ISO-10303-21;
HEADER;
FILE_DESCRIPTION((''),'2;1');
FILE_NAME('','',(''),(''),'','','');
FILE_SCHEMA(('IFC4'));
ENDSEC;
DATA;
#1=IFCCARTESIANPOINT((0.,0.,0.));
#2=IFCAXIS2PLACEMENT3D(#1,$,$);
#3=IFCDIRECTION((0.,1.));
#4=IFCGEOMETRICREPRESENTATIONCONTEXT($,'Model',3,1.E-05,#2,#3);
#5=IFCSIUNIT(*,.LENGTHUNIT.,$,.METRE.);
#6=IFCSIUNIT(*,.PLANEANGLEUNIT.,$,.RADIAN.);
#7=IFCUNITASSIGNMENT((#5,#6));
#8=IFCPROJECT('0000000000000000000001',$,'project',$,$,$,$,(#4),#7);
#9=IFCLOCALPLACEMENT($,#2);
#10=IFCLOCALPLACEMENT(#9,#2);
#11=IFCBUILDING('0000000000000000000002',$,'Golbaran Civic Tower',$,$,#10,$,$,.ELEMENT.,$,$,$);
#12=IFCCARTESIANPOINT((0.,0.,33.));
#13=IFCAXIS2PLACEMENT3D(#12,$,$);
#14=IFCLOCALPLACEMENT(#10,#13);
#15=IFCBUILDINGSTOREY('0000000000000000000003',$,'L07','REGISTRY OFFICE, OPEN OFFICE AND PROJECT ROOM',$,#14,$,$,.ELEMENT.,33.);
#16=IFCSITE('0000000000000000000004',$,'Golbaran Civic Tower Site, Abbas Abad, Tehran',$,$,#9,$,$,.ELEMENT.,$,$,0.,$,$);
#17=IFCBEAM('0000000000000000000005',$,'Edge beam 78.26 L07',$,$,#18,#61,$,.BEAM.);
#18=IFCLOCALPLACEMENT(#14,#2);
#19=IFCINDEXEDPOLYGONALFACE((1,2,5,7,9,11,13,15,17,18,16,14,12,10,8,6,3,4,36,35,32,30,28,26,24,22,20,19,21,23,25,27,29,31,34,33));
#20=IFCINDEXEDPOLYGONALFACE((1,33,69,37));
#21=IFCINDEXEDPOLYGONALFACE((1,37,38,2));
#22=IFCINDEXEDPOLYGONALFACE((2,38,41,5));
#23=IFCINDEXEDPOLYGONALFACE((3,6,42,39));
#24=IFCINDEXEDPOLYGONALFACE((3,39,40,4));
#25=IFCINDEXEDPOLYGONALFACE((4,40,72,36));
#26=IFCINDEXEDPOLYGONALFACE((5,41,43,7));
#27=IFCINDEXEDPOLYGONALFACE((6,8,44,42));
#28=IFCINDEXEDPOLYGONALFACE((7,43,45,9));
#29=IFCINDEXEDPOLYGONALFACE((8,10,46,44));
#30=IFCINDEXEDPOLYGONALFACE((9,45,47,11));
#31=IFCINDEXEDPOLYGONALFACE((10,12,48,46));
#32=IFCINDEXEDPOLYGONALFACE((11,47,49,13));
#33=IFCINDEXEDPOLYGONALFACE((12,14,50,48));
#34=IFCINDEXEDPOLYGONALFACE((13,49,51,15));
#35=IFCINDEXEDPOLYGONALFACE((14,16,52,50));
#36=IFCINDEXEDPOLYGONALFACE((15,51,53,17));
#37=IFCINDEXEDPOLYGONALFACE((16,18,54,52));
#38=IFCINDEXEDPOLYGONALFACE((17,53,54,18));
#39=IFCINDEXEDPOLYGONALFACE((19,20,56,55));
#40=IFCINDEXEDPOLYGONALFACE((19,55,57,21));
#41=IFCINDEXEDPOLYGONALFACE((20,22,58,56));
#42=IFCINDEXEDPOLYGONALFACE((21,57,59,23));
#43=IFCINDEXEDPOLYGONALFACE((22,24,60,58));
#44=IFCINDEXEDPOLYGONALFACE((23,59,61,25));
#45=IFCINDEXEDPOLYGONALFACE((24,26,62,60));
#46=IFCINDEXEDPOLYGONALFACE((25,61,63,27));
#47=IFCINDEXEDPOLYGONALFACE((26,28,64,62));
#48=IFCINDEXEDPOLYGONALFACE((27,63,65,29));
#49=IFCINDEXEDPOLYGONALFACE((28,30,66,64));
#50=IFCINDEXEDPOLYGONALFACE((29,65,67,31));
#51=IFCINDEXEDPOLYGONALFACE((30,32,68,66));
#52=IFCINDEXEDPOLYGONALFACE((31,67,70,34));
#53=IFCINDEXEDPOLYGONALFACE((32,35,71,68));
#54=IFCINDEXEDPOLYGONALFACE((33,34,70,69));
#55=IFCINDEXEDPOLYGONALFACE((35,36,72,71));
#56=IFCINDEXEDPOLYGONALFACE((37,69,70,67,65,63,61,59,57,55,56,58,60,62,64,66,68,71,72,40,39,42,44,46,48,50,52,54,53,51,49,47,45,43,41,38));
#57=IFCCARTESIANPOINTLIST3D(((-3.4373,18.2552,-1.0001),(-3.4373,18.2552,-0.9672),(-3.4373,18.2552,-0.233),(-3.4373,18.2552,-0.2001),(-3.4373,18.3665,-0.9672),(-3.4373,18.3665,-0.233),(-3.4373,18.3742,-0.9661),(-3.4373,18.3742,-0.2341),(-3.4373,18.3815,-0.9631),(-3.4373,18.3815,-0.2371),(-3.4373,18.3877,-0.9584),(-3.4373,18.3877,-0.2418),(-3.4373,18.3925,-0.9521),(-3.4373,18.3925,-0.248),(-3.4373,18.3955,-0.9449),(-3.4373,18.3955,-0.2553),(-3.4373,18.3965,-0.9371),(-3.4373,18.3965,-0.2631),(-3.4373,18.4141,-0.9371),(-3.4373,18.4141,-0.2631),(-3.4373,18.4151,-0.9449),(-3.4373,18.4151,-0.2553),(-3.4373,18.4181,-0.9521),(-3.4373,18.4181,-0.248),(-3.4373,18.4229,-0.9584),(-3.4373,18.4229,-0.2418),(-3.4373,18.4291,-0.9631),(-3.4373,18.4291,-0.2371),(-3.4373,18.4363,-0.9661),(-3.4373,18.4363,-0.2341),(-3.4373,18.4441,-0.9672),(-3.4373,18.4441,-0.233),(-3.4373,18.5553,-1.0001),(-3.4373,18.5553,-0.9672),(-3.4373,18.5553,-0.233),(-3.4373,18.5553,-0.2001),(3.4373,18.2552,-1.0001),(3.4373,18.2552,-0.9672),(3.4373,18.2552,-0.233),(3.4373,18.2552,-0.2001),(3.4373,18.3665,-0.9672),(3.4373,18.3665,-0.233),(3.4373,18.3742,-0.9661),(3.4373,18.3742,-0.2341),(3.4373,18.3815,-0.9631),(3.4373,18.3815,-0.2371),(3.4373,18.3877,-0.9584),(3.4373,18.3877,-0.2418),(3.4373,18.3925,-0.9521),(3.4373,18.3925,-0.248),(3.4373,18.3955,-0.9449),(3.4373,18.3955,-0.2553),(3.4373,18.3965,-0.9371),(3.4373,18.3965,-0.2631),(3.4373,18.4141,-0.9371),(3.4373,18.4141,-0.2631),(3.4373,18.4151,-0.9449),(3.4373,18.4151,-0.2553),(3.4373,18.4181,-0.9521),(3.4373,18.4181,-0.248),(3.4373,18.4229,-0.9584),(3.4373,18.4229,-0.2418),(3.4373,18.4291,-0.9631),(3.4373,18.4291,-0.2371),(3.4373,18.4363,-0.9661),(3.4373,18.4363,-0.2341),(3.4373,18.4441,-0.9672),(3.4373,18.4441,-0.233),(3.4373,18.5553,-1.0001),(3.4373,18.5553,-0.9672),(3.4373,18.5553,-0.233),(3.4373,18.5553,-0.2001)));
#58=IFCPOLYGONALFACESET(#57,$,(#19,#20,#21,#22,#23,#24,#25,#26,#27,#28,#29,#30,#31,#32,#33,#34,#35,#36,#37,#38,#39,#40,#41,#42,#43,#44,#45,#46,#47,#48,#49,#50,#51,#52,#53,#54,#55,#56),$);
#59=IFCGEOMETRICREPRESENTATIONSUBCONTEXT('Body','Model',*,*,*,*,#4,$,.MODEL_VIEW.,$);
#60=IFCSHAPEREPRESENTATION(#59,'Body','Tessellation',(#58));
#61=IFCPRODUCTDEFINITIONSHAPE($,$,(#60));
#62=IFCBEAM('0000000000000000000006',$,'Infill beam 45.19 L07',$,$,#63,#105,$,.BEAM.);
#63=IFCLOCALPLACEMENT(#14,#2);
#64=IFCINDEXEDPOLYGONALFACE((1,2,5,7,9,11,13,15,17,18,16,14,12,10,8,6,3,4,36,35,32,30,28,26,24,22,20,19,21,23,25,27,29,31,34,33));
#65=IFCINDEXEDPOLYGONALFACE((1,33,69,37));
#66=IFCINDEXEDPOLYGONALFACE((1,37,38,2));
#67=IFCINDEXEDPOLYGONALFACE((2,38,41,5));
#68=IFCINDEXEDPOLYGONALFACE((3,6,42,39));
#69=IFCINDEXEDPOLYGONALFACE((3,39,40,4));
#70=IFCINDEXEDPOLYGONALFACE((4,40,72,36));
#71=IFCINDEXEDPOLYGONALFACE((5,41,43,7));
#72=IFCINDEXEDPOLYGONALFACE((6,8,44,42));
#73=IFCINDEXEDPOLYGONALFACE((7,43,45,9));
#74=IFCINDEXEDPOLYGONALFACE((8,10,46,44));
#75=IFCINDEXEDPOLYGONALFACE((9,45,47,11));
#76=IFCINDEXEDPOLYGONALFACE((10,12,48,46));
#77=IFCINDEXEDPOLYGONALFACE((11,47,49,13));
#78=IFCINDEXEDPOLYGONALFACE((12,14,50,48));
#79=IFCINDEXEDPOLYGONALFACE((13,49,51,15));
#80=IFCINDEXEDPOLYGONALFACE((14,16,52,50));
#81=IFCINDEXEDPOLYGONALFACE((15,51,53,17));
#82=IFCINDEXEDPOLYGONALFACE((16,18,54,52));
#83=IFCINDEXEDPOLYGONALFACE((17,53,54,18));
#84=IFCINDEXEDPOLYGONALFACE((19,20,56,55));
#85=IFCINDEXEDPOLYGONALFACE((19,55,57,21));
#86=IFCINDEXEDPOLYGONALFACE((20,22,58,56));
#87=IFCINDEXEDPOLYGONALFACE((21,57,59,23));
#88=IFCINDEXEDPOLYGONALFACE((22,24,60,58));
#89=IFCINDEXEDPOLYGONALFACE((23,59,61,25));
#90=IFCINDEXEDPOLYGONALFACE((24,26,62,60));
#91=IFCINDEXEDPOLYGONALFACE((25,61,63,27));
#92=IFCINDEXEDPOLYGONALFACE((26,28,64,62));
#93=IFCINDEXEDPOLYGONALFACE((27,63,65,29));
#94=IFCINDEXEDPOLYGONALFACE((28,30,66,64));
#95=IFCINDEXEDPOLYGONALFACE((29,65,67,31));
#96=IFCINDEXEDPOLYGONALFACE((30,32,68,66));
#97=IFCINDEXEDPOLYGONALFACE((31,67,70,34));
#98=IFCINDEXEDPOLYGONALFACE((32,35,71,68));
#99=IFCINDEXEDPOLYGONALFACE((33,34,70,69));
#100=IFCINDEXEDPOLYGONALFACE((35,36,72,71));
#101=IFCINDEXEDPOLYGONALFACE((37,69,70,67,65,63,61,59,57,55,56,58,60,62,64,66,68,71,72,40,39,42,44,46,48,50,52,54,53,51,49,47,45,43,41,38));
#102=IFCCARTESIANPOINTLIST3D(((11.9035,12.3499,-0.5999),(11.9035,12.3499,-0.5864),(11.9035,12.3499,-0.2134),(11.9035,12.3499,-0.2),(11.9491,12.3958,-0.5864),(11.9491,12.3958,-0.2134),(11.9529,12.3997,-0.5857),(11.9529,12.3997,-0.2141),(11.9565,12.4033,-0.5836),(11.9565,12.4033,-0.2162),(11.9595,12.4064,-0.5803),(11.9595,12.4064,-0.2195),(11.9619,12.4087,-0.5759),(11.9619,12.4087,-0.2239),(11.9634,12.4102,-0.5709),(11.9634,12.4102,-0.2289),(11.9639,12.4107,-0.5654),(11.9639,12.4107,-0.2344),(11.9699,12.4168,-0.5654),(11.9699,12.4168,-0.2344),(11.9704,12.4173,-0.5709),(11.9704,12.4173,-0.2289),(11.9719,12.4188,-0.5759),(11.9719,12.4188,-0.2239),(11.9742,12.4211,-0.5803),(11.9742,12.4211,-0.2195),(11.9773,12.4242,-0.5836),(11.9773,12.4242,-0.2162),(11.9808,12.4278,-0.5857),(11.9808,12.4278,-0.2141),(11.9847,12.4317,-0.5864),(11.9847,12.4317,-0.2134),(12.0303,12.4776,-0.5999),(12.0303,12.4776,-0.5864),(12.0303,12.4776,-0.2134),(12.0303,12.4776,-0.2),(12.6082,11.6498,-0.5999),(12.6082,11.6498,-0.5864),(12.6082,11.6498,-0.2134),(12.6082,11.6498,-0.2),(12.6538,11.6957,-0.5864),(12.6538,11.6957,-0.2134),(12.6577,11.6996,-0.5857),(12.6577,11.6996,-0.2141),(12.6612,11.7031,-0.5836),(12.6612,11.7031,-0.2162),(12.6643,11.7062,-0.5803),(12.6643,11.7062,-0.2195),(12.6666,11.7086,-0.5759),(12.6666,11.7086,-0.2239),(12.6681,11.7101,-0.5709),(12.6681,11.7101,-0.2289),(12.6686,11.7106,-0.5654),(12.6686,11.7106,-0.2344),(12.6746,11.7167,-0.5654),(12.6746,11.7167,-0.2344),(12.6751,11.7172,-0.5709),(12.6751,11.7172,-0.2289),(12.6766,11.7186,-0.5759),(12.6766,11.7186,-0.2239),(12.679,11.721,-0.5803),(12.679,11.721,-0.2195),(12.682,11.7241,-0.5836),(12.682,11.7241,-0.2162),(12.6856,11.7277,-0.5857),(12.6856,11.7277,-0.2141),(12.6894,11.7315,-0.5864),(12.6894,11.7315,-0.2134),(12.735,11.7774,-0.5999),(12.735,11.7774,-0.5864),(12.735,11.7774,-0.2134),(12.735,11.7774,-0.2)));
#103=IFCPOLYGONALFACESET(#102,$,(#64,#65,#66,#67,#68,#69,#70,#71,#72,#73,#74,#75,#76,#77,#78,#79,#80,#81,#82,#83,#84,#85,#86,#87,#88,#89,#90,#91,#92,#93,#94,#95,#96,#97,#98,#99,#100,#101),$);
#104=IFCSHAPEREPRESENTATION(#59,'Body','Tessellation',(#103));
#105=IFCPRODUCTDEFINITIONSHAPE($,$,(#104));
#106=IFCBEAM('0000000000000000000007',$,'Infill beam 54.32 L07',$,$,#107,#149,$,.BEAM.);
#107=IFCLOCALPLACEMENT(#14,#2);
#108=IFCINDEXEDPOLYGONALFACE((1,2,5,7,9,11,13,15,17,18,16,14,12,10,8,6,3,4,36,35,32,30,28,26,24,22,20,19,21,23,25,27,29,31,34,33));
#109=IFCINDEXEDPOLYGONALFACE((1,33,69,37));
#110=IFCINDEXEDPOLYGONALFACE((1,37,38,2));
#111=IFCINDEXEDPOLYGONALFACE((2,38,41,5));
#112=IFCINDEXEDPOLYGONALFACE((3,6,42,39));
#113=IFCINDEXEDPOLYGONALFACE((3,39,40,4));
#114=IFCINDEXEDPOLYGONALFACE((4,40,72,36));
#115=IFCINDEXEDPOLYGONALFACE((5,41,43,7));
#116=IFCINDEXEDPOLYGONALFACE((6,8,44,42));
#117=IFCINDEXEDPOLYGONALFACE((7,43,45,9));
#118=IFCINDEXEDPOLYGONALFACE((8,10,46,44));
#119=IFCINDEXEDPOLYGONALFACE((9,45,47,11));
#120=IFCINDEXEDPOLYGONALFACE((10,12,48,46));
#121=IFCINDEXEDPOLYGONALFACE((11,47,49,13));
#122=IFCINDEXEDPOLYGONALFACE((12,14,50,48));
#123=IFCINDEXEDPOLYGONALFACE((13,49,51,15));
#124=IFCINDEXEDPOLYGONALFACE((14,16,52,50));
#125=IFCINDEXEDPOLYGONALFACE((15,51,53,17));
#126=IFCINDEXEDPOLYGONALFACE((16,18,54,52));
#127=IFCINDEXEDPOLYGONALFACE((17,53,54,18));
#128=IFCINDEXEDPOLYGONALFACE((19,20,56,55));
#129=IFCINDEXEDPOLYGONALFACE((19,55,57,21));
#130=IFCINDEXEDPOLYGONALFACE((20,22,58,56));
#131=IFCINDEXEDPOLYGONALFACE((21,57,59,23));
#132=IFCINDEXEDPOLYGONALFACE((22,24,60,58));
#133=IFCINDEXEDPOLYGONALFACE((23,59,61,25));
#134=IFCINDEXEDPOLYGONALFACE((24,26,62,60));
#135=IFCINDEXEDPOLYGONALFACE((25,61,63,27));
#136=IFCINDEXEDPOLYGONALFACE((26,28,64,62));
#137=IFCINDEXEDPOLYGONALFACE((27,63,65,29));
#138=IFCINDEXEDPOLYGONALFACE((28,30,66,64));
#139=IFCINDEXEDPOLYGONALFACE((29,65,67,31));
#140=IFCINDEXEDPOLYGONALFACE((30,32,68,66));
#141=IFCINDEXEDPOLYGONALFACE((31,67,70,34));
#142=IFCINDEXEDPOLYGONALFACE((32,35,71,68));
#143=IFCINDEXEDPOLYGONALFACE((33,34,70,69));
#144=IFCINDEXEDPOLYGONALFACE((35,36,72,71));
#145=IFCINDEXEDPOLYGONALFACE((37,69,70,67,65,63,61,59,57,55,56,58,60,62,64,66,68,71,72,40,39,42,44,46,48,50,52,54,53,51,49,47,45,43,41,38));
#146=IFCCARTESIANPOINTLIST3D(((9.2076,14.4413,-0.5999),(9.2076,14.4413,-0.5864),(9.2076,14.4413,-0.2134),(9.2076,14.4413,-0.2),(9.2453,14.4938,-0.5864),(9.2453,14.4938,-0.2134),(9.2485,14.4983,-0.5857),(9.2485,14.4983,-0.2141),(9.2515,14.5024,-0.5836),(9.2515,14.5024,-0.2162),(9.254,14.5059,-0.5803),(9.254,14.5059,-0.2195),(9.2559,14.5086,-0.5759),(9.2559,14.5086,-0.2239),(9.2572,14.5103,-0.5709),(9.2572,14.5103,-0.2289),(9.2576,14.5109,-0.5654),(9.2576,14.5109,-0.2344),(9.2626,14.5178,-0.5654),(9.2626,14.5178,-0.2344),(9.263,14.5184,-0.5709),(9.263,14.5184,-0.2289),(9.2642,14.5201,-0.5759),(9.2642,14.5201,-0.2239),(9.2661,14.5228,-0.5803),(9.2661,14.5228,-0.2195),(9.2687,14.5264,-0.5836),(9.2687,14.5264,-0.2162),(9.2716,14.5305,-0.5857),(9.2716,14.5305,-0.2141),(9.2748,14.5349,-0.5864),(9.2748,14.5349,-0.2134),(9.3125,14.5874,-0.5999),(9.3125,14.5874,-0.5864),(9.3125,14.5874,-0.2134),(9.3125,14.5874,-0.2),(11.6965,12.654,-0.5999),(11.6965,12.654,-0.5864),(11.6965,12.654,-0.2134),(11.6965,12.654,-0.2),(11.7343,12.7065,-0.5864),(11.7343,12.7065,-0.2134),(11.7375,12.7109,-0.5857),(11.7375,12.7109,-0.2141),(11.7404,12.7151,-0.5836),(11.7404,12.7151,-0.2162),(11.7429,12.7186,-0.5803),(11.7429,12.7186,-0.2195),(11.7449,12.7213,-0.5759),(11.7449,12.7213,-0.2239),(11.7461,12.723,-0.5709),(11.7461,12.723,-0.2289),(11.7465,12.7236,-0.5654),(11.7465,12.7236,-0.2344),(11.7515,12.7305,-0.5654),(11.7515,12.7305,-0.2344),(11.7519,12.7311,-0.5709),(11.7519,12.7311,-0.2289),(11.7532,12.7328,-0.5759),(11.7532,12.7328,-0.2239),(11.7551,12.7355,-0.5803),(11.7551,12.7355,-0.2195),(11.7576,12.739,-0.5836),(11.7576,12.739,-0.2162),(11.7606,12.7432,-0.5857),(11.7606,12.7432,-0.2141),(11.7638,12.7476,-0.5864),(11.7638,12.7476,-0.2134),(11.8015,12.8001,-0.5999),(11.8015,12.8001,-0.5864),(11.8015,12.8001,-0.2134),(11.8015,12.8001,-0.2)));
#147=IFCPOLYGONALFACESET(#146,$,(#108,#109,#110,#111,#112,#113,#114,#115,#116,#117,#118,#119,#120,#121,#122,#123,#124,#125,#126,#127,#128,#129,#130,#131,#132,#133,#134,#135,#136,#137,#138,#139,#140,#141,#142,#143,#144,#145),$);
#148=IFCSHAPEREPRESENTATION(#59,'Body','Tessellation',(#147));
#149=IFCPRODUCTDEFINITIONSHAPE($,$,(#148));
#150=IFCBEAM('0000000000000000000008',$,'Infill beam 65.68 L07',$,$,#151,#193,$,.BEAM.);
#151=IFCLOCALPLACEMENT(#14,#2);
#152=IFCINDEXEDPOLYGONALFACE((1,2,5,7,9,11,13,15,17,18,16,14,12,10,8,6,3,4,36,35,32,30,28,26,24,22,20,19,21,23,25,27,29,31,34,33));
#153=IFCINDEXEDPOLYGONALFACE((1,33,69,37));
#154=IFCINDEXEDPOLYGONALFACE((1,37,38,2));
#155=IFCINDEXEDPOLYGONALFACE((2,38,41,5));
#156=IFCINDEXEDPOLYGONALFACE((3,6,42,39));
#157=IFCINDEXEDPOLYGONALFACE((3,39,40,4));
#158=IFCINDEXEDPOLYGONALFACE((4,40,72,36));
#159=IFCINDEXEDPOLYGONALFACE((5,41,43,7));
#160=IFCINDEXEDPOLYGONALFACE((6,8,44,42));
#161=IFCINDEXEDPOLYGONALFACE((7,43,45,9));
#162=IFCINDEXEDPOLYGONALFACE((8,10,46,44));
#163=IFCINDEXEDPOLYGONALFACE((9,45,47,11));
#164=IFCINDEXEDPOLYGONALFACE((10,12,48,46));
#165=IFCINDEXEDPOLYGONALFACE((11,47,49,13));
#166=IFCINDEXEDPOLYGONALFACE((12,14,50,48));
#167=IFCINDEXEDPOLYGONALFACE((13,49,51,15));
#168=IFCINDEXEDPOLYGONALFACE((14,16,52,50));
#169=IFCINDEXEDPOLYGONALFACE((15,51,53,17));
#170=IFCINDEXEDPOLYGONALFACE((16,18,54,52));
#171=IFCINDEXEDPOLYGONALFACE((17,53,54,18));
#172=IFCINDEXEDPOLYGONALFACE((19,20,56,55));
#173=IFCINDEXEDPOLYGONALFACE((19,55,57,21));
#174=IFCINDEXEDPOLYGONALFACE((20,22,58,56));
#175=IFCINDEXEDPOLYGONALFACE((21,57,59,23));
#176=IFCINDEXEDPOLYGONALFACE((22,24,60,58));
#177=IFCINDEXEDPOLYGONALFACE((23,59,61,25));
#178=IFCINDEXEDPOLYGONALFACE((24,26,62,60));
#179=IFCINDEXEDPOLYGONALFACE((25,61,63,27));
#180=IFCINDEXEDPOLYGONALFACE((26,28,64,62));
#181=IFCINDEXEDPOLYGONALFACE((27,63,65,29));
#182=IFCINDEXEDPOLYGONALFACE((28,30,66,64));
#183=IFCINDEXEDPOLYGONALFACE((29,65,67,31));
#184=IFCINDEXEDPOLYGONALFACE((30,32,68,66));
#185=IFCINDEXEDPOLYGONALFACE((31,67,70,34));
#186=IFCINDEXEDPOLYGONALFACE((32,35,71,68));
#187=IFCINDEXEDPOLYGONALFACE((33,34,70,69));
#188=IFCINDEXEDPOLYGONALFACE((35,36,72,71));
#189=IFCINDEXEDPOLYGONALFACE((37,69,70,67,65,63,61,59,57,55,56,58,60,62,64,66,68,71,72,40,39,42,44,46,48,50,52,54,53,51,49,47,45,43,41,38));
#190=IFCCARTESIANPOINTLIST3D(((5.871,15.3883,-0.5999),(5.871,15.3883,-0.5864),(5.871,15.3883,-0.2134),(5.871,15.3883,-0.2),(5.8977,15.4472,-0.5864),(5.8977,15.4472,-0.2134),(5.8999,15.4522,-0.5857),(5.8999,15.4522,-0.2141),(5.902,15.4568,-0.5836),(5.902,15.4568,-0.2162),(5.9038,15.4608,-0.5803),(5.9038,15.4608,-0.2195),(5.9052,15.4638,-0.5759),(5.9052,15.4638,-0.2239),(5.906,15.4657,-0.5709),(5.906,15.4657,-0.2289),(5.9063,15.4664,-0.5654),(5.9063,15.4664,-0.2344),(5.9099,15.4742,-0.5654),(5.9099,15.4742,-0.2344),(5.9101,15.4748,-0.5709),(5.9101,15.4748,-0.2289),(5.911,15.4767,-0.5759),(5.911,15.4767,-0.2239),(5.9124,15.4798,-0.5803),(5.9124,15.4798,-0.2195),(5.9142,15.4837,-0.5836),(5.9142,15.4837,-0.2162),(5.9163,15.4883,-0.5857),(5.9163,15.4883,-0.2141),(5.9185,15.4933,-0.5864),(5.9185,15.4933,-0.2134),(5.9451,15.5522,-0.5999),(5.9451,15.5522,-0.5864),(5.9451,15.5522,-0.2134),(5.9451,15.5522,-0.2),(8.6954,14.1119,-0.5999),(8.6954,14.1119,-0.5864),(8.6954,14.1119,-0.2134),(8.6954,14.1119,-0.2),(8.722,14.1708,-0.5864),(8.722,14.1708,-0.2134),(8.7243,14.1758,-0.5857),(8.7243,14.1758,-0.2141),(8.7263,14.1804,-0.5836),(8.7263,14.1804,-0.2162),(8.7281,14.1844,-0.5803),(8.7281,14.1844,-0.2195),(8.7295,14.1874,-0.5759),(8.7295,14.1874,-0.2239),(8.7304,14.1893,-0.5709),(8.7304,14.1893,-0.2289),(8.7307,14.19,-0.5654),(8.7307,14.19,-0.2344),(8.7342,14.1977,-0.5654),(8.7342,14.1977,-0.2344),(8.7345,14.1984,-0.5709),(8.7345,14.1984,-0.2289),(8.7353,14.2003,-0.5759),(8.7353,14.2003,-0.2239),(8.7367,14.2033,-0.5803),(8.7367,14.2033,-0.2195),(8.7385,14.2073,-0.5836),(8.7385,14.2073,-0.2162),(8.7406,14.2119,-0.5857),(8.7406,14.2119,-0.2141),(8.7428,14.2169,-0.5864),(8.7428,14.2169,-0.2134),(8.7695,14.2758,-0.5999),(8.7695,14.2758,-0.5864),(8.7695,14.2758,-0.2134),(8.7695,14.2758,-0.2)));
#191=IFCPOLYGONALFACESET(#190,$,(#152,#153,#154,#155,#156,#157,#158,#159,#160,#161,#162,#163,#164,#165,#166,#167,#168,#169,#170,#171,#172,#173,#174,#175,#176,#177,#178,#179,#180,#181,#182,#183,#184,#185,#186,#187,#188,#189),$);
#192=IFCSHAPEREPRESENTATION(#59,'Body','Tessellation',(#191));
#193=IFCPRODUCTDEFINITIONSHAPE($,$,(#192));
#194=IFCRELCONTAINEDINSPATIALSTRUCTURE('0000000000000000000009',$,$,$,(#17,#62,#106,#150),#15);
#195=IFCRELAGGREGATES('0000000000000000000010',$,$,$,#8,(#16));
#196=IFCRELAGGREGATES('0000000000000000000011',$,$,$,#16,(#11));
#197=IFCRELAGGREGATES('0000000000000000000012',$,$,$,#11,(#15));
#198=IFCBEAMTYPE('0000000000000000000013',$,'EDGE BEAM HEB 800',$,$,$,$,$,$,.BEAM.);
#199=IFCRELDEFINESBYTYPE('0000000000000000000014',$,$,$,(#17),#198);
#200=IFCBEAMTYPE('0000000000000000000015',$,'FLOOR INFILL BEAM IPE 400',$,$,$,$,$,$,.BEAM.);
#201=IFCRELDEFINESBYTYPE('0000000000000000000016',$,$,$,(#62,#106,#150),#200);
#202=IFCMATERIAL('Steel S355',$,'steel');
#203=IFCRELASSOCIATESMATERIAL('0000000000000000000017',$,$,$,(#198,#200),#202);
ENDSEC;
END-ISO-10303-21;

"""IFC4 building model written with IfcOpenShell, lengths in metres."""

from ifc_helpers import new_model, si_unit, direction, frame, origin, origin_2d, place, context, subcontext, project, spatial, i_section, extrude, material, material_profile, profile_set, type_object, element, save


model = new_model("IFC4")

# Units and contexts
model_context = context("Model", 3, precision=1e-05, world=origin(), true_north=direction((0.0, 1.0)))
body_context = subcontext(model_context, "Body", "Model", "MODEL_VIEW")
ifc_project = project(units=[si_unit("LENGTHUNIT", "METRE"), si_unit("PLANEANGLEUNIT", "RADIAN")], contexts=[model_context])

# Site, building, storey
site_placement = place(None, origin())
site = spatial("IfcSite", under=ifc_project, at=site_placement, Name="Golbaran Civic Tower Site, Abbas Abad, Tehran", CompositionType="ELEMENT", RefElevation=0.0)
building_placement = place(site_placement, origin())
building = spatial("IfcBuilding", under=site, at=building_placement, Name="Golbaran Civic Tower", CompositionType="ELEMENT")
storey_placement = place(building_placement, frame((0.0, 0.0, 33.0)))
storey = spatial("IfcBuildingStorey", under=building, at=storey_placement, Name="L07", Description="REGISTRY OFFICE, OPEN OFFICE AND PROJECT ROOM", CompositionType="ELEMENT", Elevation=33.0)

# Beams
ifc_material_1 = material(Name="Steel S355", Category="steel")
ifc_material_profile_1 = material_profile(ifc_material_1, i_section(OverallWidth=0.3, OverallDepth=0.8, WebThickness=0.0176, FlangeThickness=0.033, FilletRadius=0.03, at=origin_2d()), Name="HEB 800")
ifc_profile_set_1 = profile_set([ifc_material_profile_1], Name="Steel S355")
beam_type_1 = type_object("IfcBeamType", Name="EDGE BEAM HEB 800", PredefinedType="BEAM", material=ifc_profile_set_1)
beam_1_placement = place(storey_placement, frame((3.4373, 18.4053, -0.6001), z_axis=(-1.0, 0.0, 0.0), x_axis=(0.0, -1.0, 0.0)))
element("IfcBeam", 1, at=beam_1_placement, inside=storey, type_object=beam_type_1, Name="Edge beam 78.26 L07", PredefinedType="BEAM", context=body_context, shape_type="SweptSolid", body=[
    extrude(i_section(OverallWidth=0.3, OverallDepth=0.8, WebThickness=0.0176, FlangeThickness=0.033, FilletRadius=0.03, at=origin_2d()), origin(), (0.0, 0.0, 1.0), 6.8745),
])
ifc_material_profile_2 = material_profile(ifc_material_1, i_section(OverallWidth=0.1799, OverallDepth=0.3999, WebThickness=0.0085, FlangeThickness=0.0134, FilletRadius=0.021, at=origin_2d()), Name="IPE 400")
ifc_profile_set_2 = profile_set([ifc_material_profile_2], Name="Steel S355")
beam_type_2 = type_object("IfcBeamType", Name="FLOOR INFILL BEAM IPE 400", PredefinedType="BEAM", material=ifc_profile_set_2)
beam_2_placement = place(storey_placement, frame((12.6716, 11.7136, -0.3999), z_axis=(-0.709437, 0.704768, 0.0), x_axis=(-0.704768, -0.709437, 0.0)))
element("IfcBeam", 2, at=beam_2_placement, inside=storey, type_object=beam_type_2, Name="Infill beam 45.19 L07", PredefinedType="BEAM", context=body_context, shape_type="SweptSolid", body=[
    extrude(i_section(OverallWidth=0.1799, OverallDepth=0.3999, WebThickness=0.0085, FlangeThickness=0.0134, FilletRadius=0.021, at=origin_2d()), origin(), (0.0, 0.0, 1.0), 0.9934),
])
beam_3_placement = place(storey_placement, frame((11.749, 12.7271, -0.3999), z_axis=(-0.812267, 0.583286, 0.0), x_axis=(-0.583286, -0.812267, 0.0)))
element("IfcBeam", 3, at=beam_3_placement, inside=storey, type_object=beam_type_2, Name="Infill beam 54.32 L07", PredefinedType="BEAM", context=body_context, shape_type="SweptSolid", body=[
    extrude(i_section(OverallWidth=0.1799, OverallDepth=0.3999, WebThickness=0.0085, FlangeThickness=0.0134, FilletRadius=0.021, at=origin_2d()), origin(), (0.0, 0.0, 1.0), 3.0642),
])
beam_4_placement = place(storey_placement, frame((8.7324, 14.1938, -0.3999), z_axis=(-0.91126, 0.411832, 0.0), x_axis=(-0.411832, -0.91126, 0.0)))
element("IfcBeam", 4, at=beam_4_placement, inside=storey, type_object=beam_type_2, Name="Infill beam 65.68 L07", PredefinedType="BEAM", context=body_context, shape_type="SweptSolid", body=[
    extrude(i_section(OverallWidth=0.1799, OverallDepth=0.3999, WebThickness=0.0085, FlangeThickness=0.0134, FilletRadius=0.021, at=origin_2d()), origin(), (0.0, 0.0, 1.0), 3.0994),
])

save(model, "model.ifc")
